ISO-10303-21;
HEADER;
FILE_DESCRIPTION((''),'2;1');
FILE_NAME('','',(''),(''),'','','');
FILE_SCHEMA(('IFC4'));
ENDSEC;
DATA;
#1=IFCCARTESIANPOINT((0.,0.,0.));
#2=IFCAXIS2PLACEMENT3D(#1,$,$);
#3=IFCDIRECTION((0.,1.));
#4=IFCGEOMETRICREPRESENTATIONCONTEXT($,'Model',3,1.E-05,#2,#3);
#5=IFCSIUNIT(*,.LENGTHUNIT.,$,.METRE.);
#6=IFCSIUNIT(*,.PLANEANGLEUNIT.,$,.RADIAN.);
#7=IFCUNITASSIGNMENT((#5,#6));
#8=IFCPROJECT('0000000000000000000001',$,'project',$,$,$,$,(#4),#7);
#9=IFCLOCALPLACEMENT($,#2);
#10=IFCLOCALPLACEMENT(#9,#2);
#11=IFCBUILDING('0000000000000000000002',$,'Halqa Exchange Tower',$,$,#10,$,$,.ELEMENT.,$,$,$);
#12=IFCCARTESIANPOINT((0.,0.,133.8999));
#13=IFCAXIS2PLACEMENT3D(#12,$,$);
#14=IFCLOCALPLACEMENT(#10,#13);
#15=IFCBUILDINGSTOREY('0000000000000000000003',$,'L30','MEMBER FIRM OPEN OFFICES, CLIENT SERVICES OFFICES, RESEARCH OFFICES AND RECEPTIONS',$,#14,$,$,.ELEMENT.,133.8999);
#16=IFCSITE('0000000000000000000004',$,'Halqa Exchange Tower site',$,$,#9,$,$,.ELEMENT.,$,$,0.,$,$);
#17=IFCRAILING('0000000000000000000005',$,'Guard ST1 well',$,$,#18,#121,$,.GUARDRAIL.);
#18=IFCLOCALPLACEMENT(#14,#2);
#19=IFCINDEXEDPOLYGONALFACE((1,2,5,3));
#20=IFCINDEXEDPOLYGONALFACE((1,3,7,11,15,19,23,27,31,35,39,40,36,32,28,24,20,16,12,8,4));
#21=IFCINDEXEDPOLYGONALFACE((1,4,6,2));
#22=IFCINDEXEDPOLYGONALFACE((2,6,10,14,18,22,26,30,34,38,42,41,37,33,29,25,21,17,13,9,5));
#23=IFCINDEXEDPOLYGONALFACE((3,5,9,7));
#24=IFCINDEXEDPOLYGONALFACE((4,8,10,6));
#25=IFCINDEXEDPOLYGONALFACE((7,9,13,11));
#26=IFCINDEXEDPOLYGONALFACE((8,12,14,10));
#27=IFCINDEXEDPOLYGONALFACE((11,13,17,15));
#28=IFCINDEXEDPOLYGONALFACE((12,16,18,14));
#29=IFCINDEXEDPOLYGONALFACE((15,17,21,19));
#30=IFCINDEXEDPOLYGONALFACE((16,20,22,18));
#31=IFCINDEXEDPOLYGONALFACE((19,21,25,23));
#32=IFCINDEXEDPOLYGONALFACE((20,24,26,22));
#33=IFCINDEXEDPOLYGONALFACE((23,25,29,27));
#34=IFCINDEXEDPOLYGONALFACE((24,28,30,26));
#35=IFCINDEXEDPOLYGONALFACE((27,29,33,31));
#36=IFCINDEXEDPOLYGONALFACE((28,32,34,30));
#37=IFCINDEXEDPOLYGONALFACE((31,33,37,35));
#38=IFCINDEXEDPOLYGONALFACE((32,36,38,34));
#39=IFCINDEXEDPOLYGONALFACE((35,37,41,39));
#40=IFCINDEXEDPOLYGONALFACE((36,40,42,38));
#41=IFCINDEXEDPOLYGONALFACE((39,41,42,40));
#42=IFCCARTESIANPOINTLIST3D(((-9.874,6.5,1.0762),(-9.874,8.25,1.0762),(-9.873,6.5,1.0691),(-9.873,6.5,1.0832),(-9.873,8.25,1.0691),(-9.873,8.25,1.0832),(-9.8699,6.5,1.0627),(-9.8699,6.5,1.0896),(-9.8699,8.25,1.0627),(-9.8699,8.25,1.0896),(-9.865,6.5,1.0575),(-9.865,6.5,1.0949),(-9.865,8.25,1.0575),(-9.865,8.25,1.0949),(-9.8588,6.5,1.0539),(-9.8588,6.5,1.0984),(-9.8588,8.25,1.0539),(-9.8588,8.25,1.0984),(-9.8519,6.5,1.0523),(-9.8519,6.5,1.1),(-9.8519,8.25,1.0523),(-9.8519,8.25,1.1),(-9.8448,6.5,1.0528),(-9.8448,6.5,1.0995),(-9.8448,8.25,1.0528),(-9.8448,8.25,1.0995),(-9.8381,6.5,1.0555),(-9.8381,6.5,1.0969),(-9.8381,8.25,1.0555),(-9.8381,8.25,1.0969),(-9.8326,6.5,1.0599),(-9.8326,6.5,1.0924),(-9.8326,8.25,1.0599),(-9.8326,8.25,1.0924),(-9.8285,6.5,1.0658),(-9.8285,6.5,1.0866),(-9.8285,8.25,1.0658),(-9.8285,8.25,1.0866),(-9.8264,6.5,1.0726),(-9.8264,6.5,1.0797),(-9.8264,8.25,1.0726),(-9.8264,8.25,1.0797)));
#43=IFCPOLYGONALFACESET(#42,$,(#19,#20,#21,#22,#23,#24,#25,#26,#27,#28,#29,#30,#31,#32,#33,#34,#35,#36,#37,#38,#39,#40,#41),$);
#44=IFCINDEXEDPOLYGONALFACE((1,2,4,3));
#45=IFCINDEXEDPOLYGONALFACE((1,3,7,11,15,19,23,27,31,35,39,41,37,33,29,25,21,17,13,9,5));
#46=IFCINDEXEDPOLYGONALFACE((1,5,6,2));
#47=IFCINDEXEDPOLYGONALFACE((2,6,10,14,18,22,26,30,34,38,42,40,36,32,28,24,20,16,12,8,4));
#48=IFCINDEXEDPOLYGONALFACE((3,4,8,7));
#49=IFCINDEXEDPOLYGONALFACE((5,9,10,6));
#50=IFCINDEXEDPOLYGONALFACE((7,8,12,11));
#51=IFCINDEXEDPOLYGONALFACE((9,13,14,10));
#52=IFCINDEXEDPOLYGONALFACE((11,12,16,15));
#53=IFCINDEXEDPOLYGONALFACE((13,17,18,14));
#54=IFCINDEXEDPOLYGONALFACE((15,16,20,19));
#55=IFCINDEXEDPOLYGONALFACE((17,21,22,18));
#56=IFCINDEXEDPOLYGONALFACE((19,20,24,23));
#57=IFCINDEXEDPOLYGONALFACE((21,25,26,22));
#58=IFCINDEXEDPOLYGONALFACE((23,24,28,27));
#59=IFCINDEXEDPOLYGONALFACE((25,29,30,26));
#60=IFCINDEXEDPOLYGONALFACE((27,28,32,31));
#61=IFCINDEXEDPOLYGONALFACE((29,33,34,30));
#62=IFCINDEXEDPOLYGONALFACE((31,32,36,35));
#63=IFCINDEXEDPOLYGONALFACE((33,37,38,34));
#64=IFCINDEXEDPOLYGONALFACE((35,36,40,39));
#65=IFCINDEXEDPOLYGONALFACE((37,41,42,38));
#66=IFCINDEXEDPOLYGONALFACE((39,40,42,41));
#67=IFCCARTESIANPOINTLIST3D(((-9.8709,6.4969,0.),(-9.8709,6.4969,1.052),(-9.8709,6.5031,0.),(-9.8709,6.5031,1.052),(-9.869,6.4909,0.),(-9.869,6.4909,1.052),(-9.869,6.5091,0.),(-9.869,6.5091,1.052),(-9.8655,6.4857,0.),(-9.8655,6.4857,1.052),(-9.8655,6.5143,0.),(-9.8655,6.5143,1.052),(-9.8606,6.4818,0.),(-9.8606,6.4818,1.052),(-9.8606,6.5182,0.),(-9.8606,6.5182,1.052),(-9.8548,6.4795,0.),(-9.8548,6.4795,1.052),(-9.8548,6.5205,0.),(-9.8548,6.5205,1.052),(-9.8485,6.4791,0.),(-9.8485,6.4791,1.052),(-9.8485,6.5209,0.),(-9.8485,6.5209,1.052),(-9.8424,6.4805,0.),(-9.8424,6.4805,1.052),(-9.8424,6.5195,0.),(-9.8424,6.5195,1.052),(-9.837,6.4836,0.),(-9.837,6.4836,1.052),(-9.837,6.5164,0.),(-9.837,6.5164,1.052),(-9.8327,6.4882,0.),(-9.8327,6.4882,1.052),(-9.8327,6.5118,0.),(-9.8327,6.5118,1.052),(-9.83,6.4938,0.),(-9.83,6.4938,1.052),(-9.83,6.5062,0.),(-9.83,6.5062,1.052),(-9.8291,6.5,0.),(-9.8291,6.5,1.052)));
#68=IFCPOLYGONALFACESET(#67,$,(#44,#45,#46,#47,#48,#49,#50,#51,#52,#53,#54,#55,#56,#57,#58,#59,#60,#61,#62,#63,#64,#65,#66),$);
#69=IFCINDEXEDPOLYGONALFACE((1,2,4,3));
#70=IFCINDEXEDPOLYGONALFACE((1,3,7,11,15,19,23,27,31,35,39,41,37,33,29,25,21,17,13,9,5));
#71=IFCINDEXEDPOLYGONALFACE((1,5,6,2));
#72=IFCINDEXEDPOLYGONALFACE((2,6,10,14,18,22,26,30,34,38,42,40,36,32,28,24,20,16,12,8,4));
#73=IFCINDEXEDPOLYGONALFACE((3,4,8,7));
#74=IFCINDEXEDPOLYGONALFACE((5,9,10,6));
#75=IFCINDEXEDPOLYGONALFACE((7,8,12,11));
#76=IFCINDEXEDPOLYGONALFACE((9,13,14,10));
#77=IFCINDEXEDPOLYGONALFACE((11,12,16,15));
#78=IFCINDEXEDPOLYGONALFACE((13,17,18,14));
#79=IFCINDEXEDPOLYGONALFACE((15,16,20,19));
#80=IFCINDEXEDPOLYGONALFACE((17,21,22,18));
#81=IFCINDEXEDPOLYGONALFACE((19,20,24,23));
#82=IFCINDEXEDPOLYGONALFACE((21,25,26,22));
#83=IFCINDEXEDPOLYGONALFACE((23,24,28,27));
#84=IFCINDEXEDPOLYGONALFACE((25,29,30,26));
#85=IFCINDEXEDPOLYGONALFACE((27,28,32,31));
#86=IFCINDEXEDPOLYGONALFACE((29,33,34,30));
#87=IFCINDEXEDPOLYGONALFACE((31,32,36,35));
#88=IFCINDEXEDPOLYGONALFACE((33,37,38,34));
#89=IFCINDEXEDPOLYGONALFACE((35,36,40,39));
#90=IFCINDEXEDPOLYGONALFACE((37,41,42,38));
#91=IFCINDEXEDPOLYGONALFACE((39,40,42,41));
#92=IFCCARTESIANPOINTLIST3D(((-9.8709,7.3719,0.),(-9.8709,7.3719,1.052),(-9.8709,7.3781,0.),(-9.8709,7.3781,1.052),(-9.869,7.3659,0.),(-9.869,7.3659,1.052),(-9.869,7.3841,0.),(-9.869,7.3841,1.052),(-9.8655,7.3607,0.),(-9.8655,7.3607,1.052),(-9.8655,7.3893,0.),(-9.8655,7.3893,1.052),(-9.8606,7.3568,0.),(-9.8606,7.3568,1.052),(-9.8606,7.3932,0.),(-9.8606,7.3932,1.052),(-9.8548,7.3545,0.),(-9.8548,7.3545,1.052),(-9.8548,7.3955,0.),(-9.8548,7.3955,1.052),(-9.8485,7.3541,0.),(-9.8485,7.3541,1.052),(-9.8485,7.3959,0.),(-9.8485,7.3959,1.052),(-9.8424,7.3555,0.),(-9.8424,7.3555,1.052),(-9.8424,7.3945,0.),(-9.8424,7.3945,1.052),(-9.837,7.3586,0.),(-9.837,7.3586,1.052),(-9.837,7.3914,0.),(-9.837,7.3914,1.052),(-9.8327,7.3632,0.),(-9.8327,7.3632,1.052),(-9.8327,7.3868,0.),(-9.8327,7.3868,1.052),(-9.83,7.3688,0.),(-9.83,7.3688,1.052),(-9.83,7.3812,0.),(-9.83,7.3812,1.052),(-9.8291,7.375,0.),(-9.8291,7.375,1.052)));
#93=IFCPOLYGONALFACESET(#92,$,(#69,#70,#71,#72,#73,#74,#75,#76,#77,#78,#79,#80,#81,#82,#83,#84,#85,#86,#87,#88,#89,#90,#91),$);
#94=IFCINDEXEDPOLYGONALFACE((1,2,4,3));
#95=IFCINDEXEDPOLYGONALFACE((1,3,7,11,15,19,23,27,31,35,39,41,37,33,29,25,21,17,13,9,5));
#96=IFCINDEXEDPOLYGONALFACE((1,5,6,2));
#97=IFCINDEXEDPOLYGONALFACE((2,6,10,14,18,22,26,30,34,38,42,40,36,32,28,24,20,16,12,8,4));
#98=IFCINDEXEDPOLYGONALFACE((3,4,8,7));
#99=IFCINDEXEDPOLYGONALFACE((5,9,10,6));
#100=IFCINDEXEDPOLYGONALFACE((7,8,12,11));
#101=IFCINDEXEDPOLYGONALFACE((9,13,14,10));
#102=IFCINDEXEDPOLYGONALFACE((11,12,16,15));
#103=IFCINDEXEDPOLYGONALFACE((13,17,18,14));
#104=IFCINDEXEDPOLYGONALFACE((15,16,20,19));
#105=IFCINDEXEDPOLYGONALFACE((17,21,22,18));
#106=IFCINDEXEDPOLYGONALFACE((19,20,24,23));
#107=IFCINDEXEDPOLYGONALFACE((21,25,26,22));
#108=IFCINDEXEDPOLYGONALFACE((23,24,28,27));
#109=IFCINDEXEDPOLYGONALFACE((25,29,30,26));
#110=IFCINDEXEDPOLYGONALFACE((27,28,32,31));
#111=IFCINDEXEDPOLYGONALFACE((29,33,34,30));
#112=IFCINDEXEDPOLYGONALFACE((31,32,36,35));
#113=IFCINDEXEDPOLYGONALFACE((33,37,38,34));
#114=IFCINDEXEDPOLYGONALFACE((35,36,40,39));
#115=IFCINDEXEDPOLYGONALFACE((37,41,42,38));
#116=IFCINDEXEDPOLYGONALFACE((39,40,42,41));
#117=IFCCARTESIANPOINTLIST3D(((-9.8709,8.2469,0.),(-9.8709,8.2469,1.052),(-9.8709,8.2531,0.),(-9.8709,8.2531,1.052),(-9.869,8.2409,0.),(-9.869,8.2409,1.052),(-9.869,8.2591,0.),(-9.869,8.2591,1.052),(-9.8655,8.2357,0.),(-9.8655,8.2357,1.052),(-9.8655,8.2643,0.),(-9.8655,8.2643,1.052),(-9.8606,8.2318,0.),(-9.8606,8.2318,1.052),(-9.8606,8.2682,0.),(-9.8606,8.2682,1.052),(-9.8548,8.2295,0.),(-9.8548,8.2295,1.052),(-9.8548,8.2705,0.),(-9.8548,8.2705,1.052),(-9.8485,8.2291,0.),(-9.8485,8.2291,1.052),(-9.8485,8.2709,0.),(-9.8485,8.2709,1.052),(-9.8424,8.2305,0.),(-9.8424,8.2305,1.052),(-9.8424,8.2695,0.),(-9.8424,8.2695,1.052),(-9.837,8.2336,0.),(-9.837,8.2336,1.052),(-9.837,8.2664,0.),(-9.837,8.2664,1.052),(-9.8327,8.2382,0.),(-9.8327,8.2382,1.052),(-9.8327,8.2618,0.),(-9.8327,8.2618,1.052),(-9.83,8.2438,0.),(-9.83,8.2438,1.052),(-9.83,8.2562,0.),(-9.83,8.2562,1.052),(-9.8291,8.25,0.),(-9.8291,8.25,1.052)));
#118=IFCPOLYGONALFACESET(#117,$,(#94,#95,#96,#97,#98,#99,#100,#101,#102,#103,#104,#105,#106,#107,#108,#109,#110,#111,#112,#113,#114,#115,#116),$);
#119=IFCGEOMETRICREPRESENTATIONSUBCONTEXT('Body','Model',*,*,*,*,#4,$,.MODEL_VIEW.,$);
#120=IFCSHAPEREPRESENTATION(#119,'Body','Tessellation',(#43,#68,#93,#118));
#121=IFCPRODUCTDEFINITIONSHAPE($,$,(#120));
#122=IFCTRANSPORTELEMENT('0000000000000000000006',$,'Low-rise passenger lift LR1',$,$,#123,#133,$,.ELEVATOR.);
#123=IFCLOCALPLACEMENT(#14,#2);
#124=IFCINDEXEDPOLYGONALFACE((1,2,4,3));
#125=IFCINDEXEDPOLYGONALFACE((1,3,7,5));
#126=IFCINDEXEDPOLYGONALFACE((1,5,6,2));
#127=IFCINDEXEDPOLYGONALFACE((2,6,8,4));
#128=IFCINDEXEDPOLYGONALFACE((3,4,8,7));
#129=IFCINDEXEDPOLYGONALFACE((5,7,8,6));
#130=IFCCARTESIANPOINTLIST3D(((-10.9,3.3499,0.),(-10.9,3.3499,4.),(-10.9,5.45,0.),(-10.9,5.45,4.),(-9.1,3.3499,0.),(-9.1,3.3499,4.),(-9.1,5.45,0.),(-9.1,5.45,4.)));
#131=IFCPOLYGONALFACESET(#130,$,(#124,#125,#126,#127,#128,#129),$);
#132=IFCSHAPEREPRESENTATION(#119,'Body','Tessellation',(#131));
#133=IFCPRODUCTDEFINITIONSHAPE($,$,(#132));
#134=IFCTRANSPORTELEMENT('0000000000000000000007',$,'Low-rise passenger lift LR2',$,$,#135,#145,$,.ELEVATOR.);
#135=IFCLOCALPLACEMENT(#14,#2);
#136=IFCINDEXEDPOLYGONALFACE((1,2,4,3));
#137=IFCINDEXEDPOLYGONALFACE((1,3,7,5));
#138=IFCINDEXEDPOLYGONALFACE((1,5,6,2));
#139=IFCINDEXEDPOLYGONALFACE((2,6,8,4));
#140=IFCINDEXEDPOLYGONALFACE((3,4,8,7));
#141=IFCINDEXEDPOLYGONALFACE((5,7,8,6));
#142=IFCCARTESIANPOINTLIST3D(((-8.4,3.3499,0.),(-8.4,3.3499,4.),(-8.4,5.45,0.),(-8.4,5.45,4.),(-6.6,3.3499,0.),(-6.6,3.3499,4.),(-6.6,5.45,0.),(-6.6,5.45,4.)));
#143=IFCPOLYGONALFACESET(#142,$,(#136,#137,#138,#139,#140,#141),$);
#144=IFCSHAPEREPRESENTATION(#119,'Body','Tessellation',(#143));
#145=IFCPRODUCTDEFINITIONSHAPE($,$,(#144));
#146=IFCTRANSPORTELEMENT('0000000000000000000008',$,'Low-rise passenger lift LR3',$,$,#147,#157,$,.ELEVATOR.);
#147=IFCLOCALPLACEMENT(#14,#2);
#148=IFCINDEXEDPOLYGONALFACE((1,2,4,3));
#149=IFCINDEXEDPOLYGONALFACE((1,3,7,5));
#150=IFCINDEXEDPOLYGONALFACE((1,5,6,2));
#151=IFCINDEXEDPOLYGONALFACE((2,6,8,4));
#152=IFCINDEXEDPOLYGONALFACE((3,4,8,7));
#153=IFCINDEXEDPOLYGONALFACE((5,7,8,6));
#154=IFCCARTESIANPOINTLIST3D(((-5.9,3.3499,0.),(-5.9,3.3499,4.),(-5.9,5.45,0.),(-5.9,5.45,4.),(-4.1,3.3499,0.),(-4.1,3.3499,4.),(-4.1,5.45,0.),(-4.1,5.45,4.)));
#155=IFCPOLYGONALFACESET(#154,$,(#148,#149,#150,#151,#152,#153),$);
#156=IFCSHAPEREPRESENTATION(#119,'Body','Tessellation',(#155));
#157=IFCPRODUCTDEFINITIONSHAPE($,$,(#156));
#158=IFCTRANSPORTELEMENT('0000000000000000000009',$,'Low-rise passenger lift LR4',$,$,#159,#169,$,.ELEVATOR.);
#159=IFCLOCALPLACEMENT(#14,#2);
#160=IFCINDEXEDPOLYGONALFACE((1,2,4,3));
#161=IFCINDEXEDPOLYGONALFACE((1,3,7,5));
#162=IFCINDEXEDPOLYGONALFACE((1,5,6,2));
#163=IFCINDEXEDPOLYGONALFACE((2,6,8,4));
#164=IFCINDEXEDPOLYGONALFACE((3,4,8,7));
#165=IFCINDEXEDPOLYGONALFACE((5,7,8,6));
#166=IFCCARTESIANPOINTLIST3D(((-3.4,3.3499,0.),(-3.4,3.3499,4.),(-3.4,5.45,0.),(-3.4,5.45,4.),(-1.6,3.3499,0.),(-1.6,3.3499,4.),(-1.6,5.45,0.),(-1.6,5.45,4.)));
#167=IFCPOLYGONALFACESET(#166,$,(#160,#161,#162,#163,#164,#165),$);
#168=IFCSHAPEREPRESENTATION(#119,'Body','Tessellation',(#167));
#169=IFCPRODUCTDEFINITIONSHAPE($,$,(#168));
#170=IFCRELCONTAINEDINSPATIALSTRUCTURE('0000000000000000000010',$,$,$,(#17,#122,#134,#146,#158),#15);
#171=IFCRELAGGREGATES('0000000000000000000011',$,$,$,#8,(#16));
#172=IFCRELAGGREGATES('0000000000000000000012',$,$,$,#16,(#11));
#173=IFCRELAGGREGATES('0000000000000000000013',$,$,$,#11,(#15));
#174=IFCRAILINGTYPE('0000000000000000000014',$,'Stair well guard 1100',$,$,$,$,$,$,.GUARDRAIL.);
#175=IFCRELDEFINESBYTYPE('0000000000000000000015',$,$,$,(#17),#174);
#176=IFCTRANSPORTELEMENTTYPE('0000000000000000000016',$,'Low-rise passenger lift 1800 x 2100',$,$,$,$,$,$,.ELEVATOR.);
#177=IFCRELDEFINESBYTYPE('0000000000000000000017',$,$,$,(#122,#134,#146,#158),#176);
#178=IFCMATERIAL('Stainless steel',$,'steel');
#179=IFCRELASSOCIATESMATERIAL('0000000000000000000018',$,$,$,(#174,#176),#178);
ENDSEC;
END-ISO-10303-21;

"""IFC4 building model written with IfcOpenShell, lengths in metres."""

from ifc_helpers import new_model, si_unit, direction, frame, origin, origin_2d, place, context, subcontext, project, spatial, rectangle, circle, extrude, material, type_object, element, save


model = new_model("IFC4")

# Units and contexts
model_context = context("Model", 3, precision=1e-05, world=origin(), true_north=direction((0.0, 1.0)))
body_context = subcontext(model_context, "Body", "Model", "MODEL_VIEW")
ifc_project = project(units=[si_unit("LENGTHUNIT", "METRE"), si_unit("PLANEANGLEUNIT", "RADIAN")], contexts=[model_context])

# Site, building, storey
site_placement = place(None, origin())
site = spatial("IfcSite", under=ifc_project, at=site_placement, Name="Halqa Exchange Tower site", CompositionType="ELEMENT", RefElevation=0.0)
building_placement = place(site_placement, origin())
building = spatial("IfcBuilding", under=site, at=building_placement, Name="Halqa Exchange Tower", CompositionType="ELEMENT")
storey_placement = place(building_placement, frame((0.0, 0.0, 133.8999)))
storey = spatial("IfcBuildingStorey", under=building, at=storey_placement, Name="L30", Description="MEMBER FIRM OPEN OFFICES, CLIENT SERVICES OFFICES, RESEARCH OFFICES AND RECEPTIONS", CompositionType="ELEMENT", Elevation=133.8999)

# Shared definitions
ifc_material_1 = material(Name="Stainless steel", Category="steel")

# Railing
railing_type_1 = type_object("IfcRailingType", Name="Stair well guard 1100", PredefinedType="GUARDRAIL", material=ifc_material_1)
railing_1_placement = place(storey_placement, frame((-9.8501, 6.5, 0.0)))
element("IfcRailing", 1, at=railing_1_placement, inside=storey, type_object=railing_type_1, Name="Guard ST1 well", PredefinedType="GUARDRAIL", context=body_context, shape_type="SweptSolid", body=[
    extrude(circle(Radius=0.0239, at=origin_2d()), frame((0.0, 0.0, 1.0762), z_axis=(0.0, 1.0, 0.0), x_axis=(-1.0, 0.0, 0.0)), (0.0, 0.0, 1.0), 1.75),
    extrude(circle(Radius=0.021, at=origin_2d()), origin(), (0.0, 0.0, 1.0), 1.052),
    extrude(circle(Radius=0.021, at=origin_2d()), frame((0.0, 0.875, 0.0)), (0.0, 0.0, 1.0), 1.052),
    extrude(circle(Radius=0.021, at=origin_2d()), frame((0.0, 1.75, 0.0)), (0.0, 0.0, 1.0), 1.052),
])

# Transport elements
transport_element_type = type_object("IfcTransportElementType", Name="Low-rise passenger lift 1800 x 2100", PredefinedType="ELEVATOR", material=ifc_material_1)
for number, where, z_axis, x_axis, name in (
    (2, (-10.0, 4.3999, 0.0), (0.0, 0.0, 1.0), (1.0, 0.0, 0.0), "Low-rise passenger lift LR1"),
    (3, (-7.5, 4.3999, 0.0), (0.0, 0.0, 1.0), (1.0, 0.0, 0.0), "Low-rise passenger lift LR2"),
    (4, (-5.0, 4.3999, 0.0), (0.0, 0.0, 1.0), (1.0, 0.0, 0.0), "Low-rise passenger lift LR3"),
    (5, (-2.5, 4.3999, 0.0), (0.0, 0.0, 1.0), (1.0, 0.0, 0.0), "Low-rise passenger lift LR4"),
):
    element("IfcTransportElement", number, at=place(storey_placement, frame(where, z_axis=z_axis, x_axis=x_axis)), inside=storey, type_object=transport_element_type, Name=name, PredefinedType="ELEVATOR", context=body_context, shape_type="SweptSolid", body=[
        extrude(rectangle(XDim=1.8, YDim=2.1001, at=origin_2d()), origin(), (0.0, 0.0, 1.0), 4.0),
    ])

save(model, "model.ifc")
